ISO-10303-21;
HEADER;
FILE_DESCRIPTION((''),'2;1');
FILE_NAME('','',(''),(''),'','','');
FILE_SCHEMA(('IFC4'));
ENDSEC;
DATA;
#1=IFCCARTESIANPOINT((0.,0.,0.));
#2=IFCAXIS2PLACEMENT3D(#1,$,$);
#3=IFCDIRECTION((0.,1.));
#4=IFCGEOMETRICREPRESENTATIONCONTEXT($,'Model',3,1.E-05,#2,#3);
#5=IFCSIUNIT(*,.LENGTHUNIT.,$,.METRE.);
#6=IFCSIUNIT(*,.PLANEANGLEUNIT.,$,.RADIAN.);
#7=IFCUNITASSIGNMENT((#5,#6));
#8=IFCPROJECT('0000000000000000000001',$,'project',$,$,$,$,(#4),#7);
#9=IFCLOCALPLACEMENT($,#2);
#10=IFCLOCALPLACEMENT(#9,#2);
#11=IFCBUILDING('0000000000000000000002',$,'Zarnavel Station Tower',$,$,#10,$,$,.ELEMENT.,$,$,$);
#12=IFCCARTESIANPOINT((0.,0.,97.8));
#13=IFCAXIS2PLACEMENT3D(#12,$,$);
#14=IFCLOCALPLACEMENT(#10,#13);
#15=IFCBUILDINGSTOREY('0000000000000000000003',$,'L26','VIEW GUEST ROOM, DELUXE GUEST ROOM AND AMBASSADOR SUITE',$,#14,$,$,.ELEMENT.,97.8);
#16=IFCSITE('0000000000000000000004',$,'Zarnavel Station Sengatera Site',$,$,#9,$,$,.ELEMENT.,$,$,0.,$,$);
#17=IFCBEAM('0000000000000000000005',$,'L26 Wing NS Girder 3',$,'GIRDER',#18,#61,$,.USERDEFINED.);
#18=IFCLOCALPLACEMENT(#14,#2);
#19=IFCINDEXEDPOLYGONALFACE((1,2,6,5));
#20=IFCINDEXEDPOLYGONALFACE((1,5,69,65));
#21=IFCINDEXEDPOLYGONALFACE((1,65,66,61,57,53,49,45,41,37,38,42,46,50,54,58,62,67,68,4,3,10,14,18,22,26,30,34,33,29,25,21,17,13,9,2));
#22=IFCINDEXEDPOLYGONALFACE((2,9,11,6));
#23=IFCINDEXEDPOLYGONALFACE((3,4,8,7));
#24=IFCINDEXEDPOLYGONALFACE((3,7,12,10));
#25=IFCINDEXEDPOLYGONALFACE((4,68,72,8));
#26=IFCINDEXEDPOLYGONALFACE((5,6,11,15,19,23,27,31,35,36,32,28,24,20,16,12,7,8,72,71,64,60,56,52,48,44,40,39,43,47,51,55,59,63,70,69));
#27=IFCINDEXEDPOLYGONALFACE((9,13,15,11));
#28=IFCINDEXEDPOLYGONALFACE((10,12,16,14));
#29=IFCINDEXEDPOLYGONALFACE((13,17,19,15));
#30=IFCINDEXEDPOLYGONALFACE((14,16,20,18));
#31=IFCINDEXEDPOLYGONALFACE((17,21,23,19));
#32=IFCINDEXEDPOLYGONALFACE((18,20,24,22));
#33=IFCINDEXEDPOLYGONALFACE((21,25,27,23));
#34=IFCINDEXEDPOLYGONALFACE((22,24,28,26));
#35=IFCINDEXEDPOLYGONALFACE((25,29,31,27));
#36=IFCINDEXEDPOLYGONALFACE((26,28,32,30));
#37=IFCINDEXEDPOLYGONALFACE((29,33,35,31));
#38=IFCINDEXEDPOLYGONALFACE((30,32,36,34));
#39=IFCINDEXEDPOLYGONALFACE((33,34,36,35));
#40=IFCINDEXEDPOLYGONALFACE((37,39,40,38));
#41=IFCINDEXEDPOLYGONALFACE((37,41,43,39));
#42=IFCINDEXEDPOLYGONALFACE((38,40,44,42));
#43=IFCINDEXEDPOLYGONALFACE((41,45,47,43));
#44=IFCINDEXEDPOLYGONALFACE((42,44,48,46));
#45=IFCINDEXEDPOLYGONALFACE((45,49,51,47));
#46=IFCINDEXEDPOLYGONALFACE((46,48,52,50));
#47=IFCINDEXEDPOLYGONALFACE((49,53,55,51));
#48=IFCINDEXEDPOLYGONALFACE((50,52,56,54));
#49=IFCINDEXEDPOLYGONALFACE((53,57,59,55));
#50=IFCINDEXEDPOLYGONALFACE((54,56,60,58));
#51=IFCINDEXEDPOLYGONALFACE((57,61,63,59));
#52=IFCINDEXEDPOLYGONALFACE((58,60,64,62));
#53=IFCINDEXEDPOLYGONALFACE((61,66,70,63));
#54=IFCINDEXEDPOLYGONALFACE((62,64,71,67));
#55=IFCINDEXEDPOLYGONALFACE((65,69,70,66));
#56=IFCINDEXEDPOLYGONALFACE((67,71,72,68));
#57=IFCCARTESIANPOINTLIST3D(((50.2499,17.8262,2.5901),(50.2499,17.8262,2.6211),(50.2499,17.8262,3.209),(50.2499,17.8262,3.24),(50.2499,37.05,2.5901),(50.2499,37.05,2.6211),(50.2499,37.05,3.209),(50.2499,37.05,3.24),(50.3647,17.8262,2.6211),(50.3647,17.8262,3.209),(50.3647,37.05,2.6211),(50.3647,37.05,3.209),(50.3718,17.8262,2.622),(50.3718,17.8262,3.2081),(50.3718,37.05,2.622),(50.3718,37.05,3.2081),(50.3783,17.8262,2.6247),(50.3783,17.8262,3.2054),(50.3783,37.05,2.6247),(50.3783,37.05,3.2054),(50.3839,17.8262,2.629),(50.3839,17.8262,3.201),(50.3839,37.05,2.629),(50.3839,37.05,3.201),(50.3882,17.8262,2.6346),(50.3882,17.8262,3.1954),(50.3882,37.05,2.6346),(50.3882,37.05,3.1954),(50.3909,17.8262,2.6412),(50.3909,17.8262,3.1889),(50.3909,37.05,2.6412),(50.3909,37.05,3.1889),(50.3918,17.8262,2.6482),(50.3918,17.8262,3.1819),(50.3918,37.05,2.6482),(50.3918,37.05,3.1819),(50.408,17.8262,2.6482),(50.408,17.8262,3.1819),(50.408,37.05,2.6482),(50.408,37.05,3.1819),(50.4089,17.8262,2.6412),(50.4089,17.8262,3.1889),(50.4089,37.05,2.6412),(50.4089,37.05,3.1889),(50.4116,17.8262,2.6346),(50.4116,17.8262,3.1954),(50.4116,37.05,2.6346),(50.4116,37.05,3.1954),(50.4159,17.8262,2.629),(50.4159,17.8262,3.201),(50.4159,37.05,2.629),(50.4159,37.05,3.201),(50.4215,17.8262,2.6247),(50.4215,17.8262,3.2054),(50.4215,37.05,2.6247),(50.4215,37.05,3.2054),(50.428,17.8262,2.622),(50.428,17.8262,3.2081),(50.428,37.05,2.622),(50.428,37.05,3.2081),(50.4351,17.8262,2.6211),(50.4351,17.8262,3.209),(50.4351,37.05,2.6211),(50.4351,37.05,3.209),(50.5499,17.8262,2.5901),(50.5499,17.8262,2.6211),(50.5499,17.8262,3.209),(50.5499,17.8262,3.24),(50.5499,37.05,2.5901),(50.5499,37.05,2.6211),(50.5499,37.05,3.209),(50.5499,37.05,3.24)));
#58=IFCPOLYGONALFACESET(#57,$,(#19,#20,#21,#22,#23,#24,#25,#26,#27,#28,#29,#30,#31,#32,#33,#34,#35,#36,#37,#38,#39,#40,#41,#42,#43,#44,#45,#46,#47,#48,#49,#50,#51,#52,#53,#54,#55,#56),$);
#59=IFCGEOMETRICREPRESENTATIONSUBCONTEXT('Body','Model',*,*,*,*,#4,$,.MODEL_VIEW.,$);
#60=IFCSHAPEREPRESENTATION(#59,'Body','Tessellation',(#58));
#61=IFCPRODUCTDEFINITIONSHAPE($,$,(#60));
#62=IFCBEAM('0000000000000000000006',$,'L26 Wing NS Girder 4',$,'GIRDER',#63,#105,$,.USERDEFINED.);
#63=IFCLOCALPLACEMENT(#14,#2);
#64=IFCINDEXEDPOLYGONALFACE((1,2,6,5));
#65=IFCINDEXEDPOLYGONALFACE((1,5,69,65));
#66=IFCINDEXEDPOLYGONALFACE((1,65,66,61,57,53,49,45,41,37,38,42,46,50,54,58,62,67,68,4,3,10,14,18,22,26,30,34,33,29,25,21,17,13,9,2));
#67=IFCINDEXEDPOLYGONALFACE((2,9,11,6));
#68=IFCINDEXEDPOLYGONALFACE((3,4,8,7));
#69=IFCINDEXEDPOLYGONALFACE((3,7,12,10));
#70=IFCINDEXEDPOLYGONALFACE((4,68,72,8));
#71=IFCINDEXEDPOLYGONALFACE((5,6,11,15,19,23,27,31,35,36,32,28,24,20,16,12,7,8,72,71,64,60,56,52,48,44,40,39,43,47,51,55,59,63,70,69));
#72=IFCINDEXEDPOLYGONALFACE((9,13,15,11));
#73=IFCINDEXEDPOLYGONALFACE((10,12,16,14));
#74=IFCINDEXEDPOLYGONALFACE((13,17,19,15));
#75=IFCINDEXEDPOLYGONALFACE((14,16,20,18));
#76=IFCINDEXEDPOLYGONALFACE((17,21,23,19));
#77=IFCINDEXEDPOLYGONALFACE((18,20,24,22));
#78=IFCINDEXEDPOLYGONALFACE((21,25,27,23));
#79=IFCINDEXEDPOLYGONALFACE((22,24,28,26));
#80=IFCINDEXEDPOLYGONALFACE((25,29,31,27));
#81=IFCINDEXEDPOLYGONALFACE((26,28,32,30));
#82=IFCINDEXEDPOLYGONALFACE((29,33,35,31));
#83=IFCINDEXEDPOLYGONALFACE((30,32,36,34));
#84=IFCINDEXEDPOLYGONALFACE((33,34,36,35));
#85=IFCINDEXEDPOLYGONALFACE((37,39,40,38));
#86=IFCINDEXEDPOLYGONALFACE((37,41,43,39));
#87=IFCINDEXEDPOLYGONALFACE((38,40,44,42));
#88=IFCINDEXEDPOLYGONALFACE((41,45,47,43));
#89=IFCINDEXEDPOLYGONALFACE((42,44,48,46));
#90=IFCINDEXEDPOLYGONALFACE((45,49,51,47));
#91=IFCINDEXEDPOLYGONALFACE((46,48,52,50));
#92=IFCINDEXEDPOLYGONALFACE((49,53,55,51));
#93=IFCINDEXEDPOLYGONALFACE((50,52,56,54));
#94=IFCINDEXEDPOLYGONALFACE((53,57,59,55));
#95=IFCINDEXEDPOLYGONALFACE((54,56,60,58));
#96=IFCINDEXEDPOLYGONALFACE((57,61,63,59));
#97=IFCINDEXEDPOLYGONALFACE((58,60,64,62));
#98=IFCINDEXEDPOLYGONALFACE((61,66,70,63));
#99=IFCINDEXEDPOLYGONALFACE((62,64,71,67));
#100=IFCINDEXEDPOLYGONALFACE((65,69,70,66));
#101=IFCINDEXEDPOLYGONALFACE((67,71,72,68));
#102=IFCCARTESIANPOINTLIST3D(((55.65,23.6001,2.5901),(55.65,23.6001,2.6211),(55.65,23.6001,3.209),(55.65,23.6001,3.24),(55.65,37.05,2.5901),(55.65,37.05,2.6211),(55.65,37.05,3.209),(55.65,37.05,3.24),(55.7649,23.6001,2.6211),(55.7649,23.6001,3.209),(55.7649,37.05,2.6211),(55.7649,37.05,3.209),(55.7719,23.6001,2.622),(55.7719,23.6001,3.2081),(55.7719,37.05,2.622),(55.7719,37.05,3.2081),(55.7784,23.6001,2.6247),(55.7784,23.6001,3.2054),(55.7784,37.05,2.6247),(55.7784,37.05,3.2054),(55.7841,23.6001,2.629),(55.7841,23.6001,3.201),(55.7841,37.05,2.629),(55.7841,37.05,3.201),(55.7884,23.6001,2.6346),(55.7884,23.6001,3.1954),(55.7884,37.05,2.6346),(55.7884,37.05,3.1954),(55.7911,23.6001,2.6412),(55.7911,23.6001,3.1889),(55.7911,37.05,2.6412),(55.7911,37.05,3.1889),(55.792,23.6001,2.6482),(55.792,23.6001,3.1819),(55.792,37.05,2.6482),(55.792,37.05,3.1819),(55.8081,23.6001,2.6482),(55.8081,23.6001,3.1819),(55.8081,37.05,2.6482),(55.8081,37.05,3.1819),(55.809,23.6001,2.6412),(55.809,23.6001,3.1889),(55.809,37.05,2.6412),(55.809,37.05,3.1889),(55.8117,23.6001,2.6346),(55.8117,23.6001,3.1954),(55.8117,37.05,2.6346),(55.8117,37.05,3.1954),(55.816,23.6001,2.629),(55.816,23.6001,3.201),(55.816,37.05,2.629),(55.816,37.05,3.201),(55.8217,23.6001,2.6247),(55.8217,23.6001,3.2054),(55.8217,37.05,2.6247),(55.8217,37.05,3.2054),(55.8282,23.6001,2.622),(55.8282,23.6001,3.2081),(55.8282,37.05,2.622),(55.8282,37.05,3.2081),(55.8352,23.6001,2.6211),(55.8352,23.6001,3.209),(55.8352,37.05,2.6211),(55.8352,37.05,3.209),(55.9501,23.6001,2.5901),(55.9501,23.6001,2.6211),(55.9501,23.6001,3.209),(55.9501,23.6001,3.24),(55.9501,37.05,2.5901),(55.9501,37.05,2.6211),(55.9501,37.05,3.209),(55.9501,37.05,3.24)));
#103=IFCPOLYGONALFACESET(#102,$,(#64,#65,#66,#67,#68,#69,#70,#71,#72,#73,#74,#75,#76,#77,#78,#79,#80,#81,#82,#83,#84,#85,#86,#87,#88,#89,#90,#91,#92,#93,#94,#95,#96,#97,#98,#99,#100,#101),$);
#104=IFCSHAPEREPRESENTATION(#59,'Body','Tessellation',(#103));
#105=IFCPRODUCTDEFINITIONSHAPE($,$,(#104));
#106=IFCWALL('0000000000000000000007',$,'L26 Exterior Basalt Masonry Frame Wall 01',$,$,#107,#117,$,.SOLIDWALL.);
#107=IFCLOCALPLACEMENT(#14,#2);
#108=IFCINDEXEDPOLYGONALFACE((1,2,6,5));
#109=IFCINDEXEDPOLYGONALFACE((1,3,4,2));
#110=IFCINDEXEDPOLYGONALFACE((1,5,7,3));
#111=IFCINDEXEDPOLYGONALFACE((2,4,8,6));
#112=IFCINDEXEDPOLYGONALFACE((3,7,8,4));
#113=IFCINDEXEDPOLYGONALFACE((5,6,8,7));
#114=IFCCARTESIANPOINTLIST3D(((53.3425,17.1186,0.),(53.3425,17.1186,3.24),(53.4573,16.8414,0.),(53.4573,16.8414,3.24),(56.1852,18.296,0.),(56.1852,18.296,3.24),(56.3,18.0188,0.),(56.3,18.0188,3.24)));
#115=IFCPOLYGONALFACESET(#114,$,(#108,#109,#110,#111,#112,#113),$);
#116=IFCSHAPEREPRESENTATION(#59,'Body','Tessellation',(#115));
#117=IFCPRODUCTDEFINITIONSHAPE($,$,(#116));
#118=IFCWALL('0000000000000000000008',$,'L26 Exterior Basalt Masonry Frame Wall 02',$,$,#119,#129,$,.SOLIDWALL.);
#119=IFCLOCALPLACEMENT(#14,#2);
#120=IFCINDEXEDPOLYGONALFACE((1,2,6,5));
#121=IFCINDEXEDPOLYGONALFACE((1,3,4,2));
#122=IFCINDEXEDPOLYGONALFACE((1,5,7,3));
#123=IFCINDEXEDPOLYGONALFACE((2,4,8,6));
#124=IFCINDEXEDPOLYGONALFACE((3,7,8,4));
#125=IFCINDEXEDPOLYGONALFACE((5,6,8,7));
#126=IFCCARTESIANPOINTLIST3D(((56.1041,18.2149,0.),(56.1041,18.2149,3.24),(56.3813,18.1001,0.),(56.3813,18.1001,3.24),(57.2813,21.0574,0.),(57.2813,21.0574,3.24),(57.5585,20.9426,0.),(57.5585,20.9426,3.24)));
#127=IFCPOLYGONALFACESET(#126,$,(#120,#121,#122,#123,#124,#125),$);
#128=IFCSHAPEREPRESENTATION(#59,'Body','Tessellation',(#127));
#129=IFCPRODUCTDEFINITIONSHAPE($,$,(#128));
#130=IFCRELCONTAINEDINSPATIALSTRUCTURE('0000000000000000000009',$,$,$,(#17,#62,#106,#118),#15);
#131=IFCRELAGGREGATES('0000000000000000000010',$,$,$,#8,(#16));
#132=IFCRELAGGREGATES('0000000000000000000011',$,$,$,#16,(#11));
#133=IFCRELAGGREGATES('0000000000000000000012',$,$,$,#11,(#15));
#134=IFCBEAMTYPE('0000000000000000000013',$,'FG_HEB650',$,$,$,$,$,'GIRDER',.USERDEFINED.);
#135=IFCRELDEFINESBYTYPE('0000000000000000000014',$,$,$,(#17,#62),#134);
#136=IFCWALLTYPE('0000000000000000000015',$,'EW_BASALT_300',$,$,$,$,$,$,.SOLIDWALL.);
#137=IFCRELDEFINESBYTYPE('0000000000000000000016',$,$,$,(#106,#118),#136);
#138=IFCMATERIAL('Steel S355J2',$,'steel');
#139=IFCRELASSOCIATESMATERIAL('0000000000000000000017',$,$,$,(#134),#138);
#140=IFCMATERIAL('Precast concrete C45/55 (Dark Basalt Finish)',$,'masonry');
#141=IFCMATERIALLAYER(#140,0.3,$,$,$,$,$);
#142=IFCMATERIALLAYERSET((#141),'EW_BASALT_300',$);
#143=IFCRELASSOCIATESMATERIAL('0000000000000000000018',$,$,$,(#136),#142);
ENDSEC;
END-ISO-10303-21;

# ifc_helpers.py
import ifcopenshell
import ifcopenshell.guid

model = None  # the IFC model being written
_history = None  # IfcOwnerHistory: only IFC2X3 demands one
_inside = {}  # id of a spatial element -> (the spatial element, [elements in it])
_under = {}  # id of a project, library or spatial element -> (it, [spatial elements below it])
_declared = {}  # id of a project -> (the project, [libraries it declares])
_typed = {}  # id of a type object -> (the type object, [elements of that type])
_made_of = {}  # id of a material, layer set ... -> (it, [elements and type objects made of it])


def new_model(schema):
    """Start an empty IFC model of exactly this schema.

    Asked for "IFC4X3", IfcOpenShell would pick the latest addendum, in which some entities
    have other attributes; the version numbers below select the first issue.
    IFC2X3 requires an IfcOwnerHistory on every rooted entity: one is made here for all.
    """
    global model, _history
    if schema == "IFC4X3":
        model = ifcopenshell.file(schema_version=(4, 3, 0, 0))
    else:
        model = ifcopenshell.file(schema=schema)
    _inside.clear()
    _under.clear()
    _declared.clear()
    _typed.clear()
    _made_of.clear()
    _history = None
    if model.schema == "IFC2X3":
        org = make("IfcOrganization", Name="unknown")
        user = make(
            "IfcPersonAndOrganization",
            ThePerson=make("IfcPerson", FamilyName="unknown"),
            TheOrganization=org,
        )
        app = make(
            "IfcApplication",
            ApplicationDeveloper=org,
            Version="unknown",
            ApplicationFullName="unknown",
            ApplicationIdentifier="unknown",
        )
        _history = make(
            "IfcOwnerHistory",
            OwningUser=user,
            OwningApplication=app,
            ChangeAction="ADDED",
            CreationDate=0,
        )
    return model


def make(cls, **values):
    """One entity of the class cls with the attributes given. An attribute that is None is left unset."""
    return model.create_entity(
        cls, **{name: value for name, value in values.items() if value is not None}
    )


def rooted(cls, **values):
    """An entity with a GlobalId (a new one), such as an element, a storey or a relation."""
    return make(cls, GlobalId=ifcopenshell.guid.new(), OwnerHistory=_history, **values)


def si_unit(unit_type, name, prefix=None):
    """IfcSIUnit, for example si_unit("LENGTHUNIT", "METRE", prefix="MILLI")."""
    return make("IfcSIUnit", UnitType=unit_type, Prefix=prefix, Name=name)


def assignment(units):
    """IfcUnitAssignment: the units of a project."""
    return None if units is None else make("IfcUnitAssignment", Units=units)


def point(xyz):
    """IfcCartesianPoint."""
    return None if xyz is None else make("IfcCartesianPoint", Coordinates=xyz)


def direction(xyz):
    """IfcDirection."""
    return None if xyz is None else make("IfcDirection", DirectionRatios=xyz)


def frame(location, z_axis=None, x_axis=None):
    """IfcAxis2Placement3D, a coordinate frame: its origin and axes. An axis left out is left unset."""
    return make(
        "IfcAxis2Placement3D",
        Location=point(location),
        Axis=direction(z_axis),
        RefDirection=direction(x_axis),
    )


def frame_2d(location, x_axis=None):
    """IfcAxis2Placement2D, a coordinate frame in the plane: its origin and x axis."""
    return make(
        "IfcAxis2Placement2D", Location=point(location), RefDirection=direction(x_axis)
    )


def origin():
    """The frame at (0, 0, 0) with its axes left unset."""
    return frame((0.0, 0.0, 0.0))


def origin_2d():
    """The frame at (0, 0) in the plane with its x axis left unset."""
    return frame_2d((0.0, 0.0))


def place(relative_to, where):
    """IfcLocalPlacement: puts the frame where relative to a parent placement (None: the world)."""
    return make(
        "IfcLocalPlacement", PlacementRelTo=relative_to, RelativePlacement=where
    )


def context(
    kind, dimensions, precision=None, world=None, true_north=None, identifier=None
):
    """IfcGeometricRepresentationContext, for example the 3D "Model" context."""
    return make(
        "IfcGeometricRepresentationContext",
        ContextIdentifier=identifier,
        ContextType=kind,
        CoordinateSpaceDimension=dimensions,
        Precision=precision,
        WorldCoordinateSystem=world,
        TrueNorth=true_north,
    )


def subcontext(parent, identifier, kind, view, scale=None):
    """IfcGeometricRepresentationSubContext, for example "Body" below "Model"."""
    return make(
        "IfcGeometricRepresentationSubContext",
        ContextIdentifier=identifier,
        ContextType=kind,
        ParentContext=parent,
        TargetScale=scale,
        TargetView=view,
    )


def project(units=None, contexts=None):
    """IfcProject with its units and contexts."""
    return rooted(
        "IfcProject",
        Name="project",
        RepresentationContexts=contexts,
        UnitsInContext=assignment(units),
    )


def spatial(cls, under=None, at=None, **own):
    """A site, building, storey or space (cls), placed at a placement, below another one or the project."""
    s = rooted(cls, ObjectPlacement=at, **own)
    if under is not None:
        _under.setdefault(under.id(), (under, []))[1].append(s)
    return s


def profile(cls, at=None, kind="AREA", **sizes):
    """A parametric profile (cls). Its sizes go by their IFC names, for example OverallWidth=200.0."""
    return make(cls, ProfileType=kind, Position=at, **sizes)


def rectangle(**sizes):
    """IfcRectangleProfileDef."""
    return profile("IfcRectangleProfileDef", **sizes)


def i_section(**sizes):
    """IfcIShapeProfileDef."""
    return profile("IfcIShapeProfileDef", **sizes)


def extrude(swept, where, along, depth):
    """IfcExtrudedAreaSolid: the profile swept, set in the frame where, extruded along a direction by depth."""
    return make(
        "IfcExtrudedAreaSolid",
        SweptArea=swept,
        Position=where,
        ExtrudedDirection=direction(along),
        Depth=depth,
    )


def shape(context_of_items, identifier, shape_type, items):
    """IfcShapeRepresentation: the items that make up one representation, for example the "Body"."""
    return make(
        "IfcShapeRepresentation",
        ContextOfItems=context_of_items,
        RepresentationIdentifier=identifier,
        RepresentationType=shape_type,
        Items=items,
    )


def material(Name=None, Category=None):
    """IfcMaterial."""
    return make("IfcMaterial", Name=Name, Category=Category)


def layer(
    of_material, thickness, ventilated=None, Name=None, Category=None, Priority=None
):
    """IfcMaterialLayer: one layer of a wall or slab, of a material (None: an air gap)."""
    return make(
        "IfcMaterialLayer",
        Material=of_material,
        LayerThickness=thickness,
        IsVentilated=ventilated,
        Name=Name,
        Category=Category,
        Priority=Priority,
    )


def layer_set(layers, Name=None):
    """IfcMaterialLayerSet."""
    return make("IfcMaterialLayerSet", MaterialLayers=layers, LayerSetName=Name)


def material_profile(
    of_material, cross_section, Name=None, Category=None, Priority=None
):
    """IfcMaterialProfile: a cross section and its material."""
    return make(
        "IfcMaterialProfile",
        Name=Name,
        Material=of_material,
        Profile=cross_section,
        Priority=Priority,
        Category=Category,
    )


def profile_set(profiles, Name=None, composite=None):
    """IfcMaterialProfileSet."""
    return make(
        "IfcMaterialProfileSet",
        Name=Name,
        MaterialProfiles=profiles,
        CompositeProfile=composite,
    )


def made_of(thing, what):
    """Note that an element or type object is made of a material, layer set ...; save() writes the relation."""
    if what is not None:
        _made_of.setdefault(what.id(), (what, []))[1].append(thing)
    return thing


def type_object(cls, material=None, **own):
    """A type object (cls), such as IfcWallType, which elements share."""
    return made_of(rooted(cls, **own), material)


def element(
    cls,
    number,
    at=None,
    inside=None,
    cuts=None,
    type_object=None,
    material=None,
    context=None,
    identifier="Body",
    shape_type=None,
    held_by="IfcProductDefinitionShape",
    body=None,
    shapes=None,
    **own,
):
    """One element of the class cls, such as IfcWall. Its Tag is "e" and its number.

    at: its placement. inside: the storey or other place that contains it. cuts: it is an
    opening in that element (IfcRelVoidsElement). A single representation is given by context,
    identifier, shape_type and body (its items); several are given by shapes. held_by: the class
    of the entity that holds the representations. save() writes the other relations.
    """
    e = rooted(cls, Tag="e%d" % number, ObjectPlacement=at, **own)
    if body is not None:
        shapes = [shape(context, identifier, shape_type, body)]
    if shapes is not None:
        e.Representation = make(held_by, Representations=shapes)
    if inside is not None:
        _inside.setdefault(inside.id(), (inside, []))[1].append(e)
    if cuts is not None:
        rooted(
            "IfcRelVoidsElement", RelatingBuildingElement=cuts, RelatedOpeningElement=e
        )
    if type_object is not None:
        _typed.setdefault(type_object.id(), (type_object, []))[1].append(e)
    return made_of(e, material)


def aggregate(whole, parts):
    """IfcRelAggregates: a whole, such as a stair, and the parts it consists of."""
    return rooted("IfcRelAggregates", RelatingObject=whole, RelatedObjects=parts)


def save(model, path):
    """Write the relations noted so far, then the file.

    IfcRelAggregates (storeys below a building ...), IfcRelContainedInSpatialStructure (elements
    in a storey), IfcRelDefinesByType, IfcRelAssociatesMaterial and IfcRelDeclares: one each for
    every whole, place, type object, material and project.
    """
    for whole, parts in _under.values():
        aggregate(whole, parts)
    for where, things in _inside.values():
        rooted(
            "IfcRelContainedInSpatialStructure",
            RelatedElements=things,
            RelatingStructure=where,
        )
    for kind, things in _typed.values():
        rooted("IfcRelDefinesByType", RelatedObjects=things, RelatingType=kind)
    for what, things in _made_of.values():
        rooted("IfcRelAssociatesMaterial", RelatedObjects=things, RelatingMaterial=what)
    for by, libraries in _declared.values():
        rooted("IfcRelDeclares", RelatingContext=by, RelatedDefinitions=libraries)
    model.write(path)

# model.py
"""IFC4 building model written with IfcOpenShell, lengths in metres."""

from ifc_helpers import new_model, si_unit, direction, frame, frame_2d, origin, origin_2d, place, context, subcontext, project, spatial, rectangle, i_section, extrude, material, layer, layer_set, material_profile, profile_set, type_object, element, save


model = new_model("IFC4")

# Units and contexts
model_context = context("Model", 3, precision=1e-05, world=origin(), true_north=direction((0.0, 1.0)))
body_context = subcontext(model_context, "Body", "Model", "MODEL_VIEW")
ifc_project = project(units=[si_unit("LENGTHUNIT", "METRE"), si_unit("PLANEANGLEUNIT", "RADIAN")], contexts=[model_context])

# Site, building, storey
site_placement = place(None, origin())
site = spatial("IfcSite", under=ifc_project, at=site_placement, Name="Zarnavel Station Sengatera Site", CompositionType="ELEMENT", RefElevation=0.0)
building_placement = place(site_placement, origin())
building = spatial("IfcBuilding", under=site, at=building_placement, Name="Zarnavel Station Tower", CompositionType="ELEMENT")
storey_placement = place(building_placement, frame((0.0, 0.0, 97.8)))
storey = spatial("IfcBuildingStorey", under=building, at=storey_placement, Name="L26", Description="VIEW GUEST ROOM, DELUXE GUEST ROOM AND AMBASSADOR SUITE", CompositionType="ELEMENT", Elevation=97.8)

# Beams
ifc_material_1 = material(Name="Steel S355J2", Category="steel")
ifc_material_profile_1 = material_profile(ifc_material_1, i_section(OverallWidth=0.3, OverallDepth=0.6499, WebThickness=0.0161, FlangeThickness=0.031, FilletRadius=0.0271, at=origin_2d()), Name="HEB650")
ifc_profile_set_1 = profile_set([ifc_material_profile_1], Name="Steel S355J2")
beam_type_1 = type_object("IfcBeamType", Name="FG_HEB650", ElementType="GIRDER", PredefinedType="USERDEFINED", material=ifc_profile_set_1)
beam_1_placement = place(storey_placement, frame((50.3999, 17.8262, 2.915), z_axis=(0.0, 1.0, 0.0), x_axis=(-1.0, 0.0, 0.0)))
element("IfcBeam", 1, at=beam_1_placement, inside=storey, type_object=beam_type_1, Name="L26 Wing NS Girder 3", ObjectType="GIRDER", PredefinedType="USERDEFINED", context=body_context, shape_type="SweptSolid", body=[
    extrude(i_section(OverallWidth=0.3, OverallDepth=0.6499, WebThickness=0.0161, FlangeThickness=0.031, FilletRadius=0.0271, at=origin_2d()), origin(), (0.0, 0.0, 1.0), 19.2239),
])
beam_2_placement = place(storey_placement, frame((55.8, 23.6001, 2.915), z_axis=(0.0, 1.0, 0.0), x_axis=(-1.0, 0.0, 0.0)))
element("IfcBeam", 2, at=beam_2_placement, inside=storey, type_object=beam_type_1, Name="L26 Wing NS Girder 4", ObjectType="GIRDER", PredefinedType="USERDEFINED", context=body_context, shape_type="SweptSolid", body=[
    extrude(i_section(OverallWidth=0.3, OverallDepth=0.6499, WebThickness=0.0161, FlangeThickness=0.031, FilletRadius=0.0271, at=origin_2d()), origin(), (0.0, 0.0, 1.0), 13.45),
])

# Walls
ifc_material_2 = material(Name="Precast concrete C45/55 (Dark Basalt Finish)", Category="masonry")
ifc_layer_1 = layer(ifc_material_2, 0.3)
ifc_layer_set_1 = layer_set([ifc_layer_1], Name="EW_BASALT_300")
wall_type_1 = type_object("IfcWallType", Name="EW_BASALT_300", PredefinedType="SOLIDWALL", material=ifc_layer_set_1)
wall_1_placement = place(storey_placement, frame((56.2427, 18.1575, 0.0), z_axis=(0.0, 0.0, 1.0), x_axis=(-0.923882, -0.382676, 0.0)))
element("IfcWall", 3, at=wall_1_placement, inside=storey, type_object=wall_type_1, Name="L26 Exterior Basalt Masonry Frame Wall 01", PredefinedType="SOLIDWALL", context=body_context, shape_type="SweptSolid", body=[
    extrude(rectangle(XDim=3.0769, YDim=0.3, at=frame_2d((1.5386, 0.0))), origin(), (0.0, 0.0, 1.0), 3.24),
])
wall_2_placement = place(storey_placement, frame((57.4199, 21.0, 0.0), z_axis=(0.0, 0.0, 1.0), x_axis=(-0.382637, -0.923899, 0.0)))
element("IfcWall", 4, at=wall_2_placement, inside=storey, type_object=wall_type_1, Name="L26 Exterior Basalt Masonry Frame Wall 02", PredefinedType="SOLIDWALL", context=body_context, shape_type="SweptSolid", body=[
    extrude(rectangle(XDim=3.0767, YDim=0.3, at=frame_2d((1.5383, 0.0))), origin(), (0.0, 0.0, 1.0), 3.24),
])

save(model, "model.ifc")
